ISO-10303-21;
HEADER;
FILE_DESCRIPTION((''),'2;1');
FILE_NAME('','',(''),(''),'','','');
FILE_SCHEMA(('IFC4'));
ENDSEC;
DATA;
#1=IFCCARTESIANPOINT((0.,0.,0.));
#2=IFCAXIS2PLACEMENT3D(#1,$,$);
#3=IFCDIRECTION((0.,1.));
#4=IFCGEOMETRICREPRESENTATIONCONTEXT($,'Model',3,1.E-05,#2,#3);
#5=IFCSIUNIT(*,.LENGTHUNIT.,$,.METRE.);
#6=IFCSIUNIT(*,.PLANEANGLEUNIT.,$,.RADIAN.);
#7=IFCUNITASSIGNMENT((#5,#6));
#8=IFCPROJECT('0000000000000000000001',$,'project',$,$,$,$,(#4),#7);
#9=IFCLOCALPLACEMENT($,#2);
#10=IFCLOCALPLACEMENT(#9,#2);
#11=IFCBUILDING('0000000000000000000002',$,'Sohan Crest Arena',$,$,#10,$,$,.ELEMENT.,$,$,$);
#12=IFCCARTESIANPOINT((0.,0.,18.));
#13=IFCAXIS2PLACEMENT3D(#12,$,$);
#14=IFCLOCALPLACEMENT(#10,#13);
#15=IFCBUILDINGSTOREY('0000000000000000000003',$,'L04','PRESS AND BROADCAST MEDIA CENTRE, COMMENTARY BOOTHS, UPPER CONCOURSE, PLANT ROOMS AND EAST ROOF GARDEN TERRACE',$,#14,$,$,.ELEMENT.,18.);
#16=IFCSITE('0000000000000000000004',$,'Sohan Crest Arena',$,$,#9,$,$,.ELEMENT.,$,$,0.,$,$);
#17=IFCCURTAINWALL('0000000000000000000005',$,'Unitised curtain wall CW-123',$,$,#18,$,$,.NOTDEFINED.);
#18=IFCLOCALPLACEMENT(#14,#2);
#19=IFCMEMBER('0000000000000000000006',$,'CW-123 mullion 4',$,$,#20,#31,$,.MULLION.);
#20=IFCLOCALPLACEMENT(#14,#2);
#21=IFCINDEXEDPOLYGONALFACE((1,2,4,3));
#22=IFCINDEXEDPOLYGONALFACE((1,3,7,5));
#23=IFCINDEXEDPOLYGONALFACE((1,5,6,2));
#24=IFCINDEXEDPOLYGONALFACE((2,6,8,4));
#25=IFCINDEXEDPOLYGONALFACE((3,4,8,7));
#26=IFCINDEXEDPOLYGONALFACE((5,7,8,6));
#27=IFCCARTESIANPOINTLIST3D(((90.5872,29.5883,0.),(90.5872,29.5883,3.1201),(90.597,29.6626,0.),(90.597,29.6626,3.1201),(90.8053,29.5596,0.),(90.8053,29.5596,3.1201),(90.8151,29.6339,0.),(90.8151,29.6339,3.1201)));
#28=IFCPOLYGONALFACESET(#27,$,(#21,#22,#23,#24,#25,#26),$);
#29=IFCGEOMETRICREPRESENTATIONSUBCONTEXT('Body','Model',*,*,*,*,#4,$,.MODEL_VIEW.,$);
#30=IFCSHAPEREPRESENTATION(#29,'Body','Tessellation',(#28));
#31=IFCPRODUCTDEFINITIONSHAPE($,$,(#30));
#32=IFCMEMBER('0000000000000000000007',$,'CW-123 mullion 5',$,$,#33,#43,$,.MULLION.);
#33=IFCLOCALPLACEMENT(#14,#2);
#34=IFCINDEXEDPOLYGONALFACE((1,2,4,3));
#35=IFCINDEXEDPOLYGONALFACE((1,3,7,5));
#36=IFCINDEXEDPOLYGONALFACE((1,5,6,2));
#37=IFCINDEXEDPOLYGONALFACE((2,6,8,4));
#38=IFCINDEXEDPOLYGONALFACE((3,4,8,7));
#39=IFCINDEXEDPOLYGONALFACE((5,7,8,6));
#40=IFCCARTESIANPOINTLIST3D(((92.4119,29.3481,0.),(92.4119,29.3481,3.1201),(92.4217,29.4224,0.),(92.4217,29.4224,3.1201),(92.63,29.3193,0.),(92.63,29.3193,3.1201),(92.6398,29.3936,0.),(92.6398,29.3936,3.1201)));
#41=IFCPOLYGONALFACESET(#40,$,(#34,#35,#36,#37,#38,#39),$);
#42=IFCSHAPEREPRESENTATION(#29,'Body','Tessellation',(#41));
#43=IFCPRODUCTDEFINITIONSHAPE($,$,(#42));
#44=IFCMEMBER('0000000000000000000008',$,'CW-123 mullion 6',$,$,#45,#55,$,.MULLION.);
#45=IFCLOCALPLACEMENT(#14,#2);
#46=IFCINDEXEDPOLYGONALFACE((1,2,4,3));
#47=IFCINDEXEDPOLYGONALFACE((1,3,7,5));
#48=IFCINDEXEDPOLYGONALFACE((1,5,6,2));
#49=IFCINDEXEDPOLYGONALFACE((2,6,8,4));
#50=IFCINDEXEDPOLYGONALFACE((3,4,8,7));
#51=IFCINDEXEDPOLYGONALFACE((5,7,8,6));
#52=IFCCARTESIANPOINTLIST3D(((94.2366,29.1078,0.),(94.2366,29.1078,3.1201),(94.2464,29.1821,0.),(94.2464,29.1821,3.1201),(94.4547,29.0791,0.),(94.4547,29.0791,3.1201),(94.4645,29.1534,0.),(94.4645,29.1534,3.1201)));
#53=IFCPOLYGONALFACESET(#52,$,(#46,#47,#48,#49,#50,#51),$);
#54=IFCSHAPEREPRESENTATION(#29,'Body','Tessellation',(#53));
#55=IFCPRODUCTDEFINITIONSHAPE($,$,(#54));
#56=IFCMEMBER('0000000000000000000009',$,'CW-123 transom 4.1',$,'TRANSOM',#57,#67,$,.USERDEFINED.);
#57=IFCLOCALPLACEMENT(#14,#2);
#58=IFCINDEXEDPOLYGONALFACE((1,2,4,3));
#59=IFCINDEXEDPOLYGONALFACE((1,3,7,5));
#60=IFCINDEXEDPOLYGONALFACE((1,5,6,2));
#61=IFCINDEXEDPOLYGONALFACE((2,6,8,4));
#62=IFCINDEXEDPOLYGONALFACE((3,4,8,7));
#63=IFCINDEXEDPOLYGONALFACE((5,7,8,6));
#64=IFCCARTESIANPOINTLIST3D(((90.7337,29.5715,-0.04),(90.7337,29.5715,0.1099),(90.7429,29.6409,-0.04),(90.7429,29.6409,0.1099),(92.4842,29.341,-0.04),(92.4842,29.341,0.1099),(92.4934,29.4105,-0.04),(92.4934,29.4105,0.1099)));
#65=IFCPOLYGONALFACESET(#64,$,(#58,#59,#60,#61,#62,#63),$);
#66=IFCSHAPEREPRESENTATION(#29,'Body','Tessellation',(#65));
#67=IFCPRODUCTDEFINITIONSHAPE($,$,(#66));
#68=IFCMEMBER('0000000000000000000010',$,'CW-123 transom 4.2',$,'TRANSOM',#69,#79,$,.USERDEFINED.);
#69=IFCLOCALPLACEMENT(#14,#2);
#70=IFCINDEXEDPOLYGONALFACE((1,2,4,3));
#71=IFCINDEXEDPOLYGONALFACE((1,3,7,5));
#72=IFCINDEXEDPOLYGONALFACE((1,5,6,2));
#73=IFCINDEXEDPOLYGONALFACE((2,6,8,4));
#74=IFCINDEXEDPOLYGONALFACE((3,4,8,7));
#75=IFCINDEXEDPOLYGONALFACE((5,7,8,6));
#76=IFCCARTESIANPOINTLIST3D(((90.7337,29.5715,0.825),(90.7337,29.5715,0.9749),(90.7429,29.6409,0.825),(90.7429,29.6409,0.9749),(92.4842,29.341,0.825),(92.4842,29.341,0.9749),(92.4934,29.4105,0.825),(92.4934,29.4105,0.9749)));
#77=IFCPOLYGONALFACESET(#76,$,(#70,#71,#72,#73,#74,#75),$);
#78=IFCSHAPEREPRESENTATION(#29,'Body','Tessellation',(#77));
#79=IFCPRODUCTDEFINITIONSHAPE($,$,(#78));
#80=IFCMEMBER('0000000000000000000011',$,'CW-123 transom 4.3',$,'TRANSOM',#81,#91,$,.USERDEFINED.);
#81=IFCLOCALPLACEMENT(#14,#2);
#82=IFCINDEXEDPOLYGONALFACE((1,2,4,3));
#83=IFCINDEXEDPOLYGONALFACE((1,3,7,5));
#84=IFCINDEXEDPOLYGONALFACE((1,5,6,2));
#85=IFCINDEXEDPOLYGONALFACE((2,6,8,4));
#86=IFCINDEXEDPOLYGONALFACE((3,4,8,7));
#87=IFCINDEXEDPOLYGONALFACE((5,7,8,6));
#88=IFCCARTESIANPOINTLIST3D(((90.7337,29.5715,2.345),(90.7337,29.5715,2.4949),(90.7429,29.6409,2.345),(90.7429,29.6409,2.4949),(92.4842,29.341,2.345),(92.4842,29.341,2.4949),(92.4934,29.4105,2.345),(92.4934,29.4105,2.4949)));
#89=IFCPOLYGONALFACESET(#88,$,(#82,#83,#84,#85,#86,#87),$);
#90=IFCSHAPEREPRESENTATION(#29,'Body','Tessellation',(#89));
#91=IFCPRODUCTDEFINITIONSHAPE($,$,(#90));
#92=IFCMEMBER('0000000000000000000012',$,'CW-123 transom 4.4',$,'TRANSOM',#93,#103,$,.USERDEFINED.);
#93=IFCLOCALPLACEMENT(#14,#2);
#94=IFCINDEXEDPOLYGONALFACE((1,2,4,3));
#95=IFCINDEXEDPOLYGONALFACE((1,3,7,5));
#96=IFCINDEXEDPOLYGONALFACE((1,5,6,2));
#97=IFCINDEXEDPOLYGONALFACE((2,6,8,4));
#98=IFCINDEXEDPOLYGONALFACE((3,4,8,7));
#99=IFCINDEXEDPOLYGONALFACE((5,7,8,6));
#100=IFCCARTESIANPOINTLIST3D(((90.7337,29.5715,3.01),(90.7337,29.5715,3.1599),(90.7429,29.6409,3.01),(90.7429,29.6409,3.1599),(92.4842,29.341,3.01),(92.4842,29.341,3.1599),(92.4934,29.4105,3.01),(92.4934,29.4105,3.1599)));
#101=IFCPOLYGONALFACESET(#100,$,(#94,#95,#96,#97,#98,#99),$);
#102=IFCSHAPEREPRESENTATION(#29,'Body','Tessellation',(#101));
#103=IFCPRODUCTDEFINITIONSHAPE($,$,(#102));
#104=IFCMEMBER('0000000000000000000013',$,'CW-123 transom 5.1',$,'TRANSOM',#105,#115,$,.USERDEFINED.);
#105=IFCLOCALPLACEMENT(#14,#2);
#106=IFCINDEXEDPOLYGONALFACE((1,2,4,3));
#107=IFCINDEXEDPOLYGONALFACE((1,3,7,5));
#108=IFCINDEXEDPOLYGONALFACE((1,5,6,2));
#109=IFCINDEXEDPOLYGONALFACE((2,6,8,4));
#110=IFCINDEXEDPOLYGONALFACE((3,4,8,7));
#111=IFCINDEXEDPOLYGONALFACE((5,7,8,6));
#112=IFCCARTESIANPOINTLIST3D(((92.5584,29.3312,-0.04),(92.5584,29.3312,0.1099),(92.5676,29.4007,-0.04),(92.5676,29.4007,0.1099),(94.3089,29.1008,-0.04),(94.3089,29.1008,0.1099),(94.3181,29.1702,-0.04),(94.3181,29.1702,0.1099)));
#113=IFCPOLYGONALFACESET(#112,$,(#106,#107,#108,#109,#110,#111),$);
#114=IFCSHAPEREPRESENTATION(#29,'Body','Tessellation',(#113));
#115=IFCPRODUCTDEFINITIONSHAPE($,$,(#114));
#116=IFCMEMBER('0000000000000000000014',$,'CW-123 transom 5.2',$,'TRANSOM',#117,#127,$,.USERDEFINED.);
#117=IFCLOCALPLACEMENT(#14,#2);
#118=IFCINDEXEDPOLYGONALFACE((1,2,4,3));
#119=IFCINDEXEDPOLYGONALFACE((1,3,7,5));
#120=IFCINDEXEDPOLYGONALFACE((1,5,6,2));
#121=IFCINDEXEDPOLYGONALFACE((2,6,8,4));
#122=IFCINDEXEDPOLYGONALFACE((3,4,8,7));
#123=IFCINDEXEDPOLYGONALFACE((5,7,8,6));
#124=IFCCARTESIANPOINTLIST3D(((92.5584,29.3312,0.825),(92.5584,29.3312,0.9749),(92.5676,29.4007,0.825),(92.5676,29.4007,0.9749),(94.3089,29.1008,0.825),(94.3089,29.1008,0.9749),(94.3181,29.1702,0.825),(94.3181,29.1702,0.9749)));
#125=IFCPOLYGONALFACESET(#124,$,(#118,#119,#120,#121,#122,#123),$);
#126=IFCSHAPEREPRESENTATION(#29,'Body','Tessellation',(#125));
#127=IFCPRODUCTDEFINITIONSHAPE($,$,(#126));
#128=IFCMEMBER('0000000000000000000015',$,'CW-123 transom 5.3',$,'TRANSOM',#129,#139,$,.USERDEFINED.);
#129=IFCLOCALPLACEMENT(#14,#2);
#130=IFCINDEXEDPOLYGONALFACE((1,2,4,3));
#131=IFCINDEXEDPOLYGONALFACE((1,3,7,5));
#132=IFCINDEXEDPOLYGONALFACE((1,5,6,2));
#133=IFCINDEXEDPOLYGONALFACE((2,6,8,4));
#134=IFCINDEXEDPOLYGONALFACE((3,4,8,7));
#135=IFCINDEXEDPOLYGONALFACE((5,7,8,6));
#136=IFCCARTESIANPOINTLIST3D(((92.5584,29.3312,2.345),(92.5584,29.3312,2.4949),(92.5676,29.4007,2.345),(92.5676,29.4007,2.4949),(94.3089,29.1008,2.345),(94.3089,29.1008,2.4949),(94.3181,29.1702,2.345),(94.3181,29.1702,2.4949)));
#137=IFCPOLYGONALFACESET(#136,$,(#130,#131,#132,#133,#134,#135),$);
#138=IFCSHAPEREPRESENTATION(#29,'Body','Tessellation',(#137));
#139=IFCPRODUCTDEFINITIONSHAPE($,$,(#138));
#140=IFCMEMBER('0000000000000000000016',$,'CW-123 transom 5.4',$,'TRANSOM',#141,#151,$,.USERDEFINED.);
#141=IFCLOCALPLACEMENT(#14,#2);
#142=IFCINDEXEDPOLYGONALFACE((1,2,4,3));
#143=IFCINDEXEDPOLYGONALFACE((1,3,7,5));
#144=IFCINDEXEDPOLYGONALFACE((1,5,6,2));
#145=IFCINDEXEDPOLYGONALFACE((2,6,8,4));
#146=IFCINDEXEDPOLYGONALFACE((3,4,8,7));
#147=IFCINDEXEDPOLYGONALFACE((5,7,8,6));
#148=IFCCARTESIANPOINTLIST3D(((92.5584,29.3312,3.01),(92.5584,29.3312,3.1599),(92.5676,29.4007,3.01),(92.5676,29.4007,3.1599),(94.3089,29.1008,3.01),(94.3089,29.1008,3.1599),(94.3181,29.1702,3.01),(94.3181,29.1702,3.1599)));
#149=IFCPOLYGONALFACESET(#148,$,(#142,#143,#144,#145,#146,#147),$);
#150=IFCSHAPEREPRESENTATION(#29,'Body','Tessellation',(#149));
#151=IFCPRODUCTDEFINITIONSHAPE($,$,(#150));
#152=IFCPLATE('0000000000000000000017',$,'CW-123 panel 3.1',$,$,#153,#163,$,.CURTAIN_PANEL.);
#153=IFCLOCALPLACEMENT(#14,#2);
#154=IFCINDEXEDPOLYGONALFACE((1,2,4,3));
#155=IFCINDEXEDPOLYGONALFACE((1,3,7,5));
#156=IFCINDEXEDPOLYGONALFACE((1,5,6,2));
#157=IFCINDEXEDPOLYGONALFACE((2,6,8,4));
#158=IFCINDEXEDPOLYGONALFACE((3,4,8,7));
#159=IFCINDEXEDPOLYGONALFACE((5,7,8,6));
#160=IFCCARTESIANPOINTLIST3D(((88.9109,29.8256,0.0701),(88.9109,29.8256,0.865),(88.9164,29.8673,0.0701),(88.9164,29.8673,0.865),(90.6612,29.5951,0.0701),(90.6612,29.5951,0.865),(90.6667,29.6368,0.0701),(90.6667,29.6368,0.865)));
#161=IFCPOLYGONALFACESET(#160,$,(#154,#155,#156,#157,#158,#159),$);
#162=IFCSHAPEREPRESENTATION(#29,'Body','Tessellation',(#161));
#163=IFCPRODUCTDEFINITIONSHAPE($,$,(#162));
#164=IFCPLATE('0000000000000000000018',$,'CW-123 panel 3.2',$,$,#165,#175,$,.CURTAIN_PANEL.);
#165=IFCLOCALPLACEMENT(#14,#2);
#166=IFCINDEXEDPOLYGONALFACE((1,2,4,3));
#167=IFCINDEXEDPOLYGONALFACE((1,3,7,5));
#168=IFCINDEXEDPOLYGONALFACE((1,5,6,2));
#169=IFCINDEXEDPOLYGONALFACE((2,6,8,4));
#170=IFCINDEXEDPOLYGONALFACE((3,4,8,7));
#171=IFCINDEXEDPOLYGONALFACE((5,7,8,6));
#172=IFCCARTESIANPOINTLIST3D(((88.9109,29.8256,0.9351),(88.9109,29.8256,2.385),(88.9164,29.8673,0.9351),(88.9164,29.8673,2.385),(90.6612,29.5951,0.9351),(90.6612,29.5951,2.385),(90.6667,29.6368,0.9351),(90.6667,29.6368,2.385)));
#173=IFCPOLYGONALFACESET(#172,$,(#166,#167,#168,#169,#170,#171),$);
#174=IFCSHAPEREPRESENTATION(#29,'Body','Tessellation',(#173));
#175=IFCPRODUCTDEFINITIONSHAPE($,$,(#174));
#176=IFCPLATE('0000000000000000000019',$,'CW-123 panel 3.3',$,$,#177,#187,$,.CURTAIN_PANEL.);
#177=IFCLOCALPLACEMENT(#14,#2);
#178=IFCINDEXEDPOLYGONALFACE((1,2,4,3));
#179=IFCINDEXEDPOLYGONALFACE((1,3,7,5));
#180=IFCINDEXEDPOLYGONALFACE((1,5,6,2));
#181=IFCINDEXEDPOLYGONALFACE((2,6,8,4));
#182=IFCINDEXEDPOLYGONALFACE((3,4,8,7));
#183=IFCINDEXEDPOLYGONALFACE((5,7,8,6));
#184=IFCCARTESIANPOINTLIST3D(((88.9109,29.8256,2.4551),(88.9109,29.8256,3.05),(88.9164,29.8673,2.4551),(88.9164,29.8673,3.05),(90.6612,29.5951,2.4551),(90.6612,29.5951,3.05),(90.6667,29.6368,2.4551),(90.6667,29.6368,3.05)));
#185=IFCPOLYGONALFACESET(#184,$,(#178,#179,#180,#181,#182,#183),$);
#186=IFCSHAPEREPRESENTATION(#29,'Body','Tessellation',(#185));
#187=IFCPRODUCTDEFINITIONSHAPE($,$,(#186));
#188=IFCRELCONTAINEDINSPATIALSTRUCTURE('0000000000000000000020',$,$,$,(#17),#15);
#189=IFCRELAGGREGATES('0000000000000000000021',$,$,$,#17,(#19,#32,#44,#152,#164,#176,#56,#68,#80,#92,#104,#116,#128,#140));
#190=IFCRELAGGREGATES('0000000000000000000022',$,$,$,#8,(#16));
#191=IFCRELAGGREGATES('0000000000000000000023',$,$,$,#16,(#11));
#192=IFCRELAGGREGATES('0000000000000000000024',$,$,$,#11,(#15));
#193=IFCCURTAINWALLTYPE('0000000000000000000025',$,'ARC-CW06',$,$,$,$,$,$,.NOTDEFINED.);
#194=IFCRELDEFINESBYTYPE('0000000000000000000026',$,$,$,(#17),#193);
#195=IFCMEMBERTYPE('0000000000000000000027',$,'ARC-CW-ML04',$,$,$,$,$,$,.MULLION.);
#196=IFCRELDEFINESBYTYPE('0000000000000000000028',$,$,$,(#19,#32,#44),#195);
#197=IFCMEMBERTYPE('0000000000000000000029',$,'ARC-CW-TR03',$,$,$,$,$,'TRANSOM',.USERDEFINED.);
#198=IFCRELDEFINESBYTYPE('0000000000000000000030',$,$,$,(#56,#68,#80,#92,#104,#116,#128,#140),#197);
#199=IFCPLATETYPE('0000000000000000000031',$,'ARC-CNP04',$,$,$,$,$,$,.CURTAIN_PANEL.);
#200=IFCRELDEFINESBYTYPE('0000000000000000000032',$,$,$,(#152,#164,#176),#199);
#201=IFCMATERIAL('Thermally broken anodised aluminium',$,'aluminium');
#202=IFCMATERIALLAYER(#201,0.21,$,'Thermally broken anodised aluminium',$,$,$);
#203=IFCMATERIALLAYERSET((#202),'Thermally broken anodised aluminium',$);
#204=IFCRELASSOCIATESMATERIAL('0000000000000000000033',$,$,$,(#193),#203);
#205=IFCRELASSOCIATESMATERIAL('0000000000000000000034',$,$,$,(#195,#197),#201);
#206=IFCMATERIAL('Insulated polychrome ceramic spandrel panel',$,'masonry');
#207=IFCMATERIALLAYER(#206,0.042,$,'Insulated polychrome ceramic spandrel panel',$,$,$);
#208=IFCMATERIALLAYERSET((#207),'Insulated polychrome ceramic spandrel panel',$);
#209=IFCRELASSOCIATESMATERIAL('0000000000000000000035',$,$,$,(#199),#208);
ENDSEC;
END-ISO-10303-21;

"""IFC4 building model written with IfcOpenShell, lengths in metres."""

from ifc_helpers import new_model, si_unit, direction, frame, origin, origin_2d, place, context, subcontext, project, spatial, rectangle, extrude, material, layer, layer_set, material_profile, profile_set, type_object, element, aggregate, save


model = new_model("IFC4")

# Units and contexts
model_context = context("Model", 3, precision=1e-05, world=origin(), true_north=direction((0.0, 1.0)))
body_context = subcontext(model_context, "Body", "Model", "MODEL_VIEW")
ifc_project = project(units=[si_unit("LENGTHUNIT", "METRE"), si_unit("PLANEANGLEUNIT", "RADIAN")], contexts=[model_context])

# Site, building, storey
site_placement = place(None, origin())
site = spatial("IfcSite", under=ifc_project, at=site_placement, Name="Sohan Crest Arena", CompositionType="ELEMENT", RefElevation=0.0)
building_placement = place(site_placement, origin())
building = spatial("IfcBuilding", under=site, at=building_placement, Name="Sohan Crest Arena", CompositionType="ELEMENT")
storey_placement = place(building_placement, frame((0.0, 0.0, 18.0)))
storey = spatial("IfcBuildingStorey", under=building, at=storey_placement, Name="L04", Description="PRESS AND BROADCAST MEDIA CENTRE, COMMENTARY BOOTHS, UPPER CONCOURSE, PLANT ROOMS AND EAST ROOF GARDEN TERRACE", CompositionType="ELEMENT", Elevation=18.0)

# Curtain wall, members, plates
ifc_material_1 = material(Name="Thermally broken anodised aluminium", Category="aluminium")
ifc_layer_1 = layer(ifc_material_1, 0.21, Name="Thermally broken anodised aluminium")
ifc_layer_set_1 = layer_set([ifc_layer_1], Name="Thermally broken anodised aluminium")
curtain_wall_type = type_object("IfcCurtainWallType", Name="ARC-CW06", PredefinedType="NOTDEFINED", material=ifc_layer_set_1)
curtain_wall_placement = place(storey_placement, origin())
curtain_wall = element("IfcCurtainWall", 1, at=curtain_wall_placement, inside=storey, type_object=curtain_wall_type, Name="Unitised curtain wall CW-123", PredefinedType="NOTDEFINED")
ifc_material_profile_1 = material_profile(ifc_material_1, rectangle(XDim=0.075, YDim=0.22, at=origin_2d()), Name="ALU-MULL 75x220")
ifc_profile_set_1 = profile_set([ifc_material_profile_1], Name="Thermally broken anodised aluminium")
member_type_1 = type_object("IfcMemberType", Name="ARC-CW-ML04", PredefinedType="MULLION", material=ifc_profile_set_1)
member_1_placement = place(storey_placement, frame((90.7012, 29.6111, 0.0), z_axis=(0.0, 0.0, 1.0), x_axis=(0.130557, 0.991441, 0.0)))
member_1 = element("IfcMember", 2, at=member_1_placement, type_object=member_type_1, Name="CW-123 mullion 4", PredefinedType="MULLION", context=body_context, shape_type="SweptSolid", body=[
    extrude(rectangle(XDim=0.075, YDim=0.22, at=origin_2d()), origin(), (0.0, 0.0, 1.0), 3.1201),
])
member_2_placement = place(storey_placement, frame((92.5259, 29.3708, 0.0), z_axis=(0.0, 0.0, 1.0), x_axis=(0.130557, 0.991441, 0.0)))
member_2 = element("IfcMember", 3, at=member_2_placement, type_object=member_type_1, Name="CW-123 mullion 5", PredefinedType="MULLION", context=body_context, shape_type="SweptSolid", body=[
    extrude(rectangle(XDim=0.075, YDim=0.22, at=origin_2d()), origin(), (0.0, 0.0, 1.0), 3.1201),
])
member_3_placement = place(storey_placement, frame((94.3506, 29.1306, 0.0), z_axis=(0.0, 0.0, 1.0), x_axis=(0.130557, 0.991441, 0.0)))
member_3 = element("IfcMember", 4, at=member_3_placement, type_object=member_type_1, Name="CW-123 mullion 6", PredefinedType="MULLION", context=body_context, shape_type="SweptSolid", body=[
    extrude(rectangle(XDim=0.075, YDim=0.22, at=origin_2d()), origin(), (0.0, 0.0, 1.0), 3.1201),
])
ifc_material_profile_2 = material_profile(ifc_material_1, rectangle(XDim=0.0701, YDim=0.1499, at=origin_2d()), Name="ALU-TRAN 70x150")
ifc_profile_set_2 = profile_set([ifc_material_profile_2], Name="Thermally broken anodised aluminium")
member_type_2 = type_object("IfcMemberType", Name="ARC-CW-TR03", ElementType="TRANSOM", PredefinedType="USERDEFINED", material=ifc_profile_set_2)
member_4_placement = place(storey_placement, frame((90.7383, 29.6062, 0.0349), z_axis=(0.991444, -0.130533, 0.0), x_axis=(0.130533, 0.991444, 0.0)))
member_4 = element("IfcMember", 5, at=member_4_placement, type_object=member_type_2, Name="CW-123 transom 4.1", ObjectType="TRANSOM", PredefinedType="USERDEFINED", context=body_context, shape_type="SweptSolid", body=[
    extrude(rectangle(XDim=0.0701, YDim=0.1499, at=origin_2d()), origin(), (0.0, 0.0, 1.0), 1.7656),
])
member_5_placement = place(storey_placement, frame((90.7383, 29.6062, 0.8999), z_axis=(0.991444, -0.130533, 0.0), x_axis=(0.130533, 0.991444, 0.0)))
member_5 = element("IfcMember", 6, at=member_5_placement, type_object=member_type_2, Name="CW-123 transom 4.2", ObjectType="TRANSOM", PredefinedType="USERDEFINED", context=body_context, shape_type="SweptSolid", body=[
    extrude(rectangle(XDim=0.0701, YDim=0.1499, at=origin_2d()), origin(), (0.0, 0.0, 1.0), 1.7656),
])
member_6_placement = place(storey_placement, frame((90.7383, 29.6062, 2.4199), z_axis=(0.991444, -0.130533, 0.0), x_axis=(0.130533, 0.991444, 0.0)))
member_6 = element("IfcMember", 7, at=member_6_placement, type_object=member_type_2, Name="CW-123 transom 4.3", ObjectType="TRANSOM", PredefinedType="USERDEFINED", context=body_context, shape_type="SweptSolid", body=[
    extrude(rectangle(XDim=0.0701, YDim=0.1499, at=origin_2d()), origin(), (0.0, 0.0, 1.0), 1.7656),
])
member_7_placement = place(storey_placement, frame((90.7383, 29.6062, 3.085), z_axis=(0.991444, -0.130533, 0.0), x_axis=(0.130533, 0.991444, 0.0)))
member_7 = element("IfcMember", 8, at=member_7_placement, type_object=member_type_2, Name="CW-123 transom 4.4", ObjectType="TRANSOM", PredefinedType="USERDEFINED", context=body_context, shape_type="SweptSolid", body=[
    extrude(rectangle(XDim=0.0701, YDim=0.1499, at=origin_2d()), origin(), (0.0, 0.0, 1.0), 1.7656),
])
member_8_placement = place(storey_placement, frame((92.563, 29.366, 0.0349), z_axis=(0.991444, -0.130533, 0.0), x_axis=(0.130533, 0.991444, 0.0)))
member_8 = element("IfcMember", 9, at=member_8_placement, type_object=member_type_2, Name="CW-123 transom 5.1", ObjectType="TRANSOM", PredefinedType="USERDEFINED", context=body_context, shape_type="SweptSolid", body=[
    extrude(rectangle(XDim=0.0701, YDim=0.1499, at=origin_2d()), origin(), (0.0, 0.0, 1.0), 1.7656),
])
member_9_placement = place(storey_placement, frame((92.563, 29.366, 0.8999), z_axis=(0.991444, -0.130533, 0.0), x_axis=(0.130533, 0.991444, 0.0)))
member_9 = element("IfcMember", 10, at=member_9_placement, type_object=member_type_2, Name="CW-123 transom 5.2", ObjectType="TRANSOM", PredefinedType="USERDEFINED", context=body_context, shape_type="SweptSolid", body=[
    extrude(rectangle(XDim=0.0701, YDim=0.1499, at=origin_2d()), origin(), (0.0, 0.0, 1.0), 1.7656),
])
member_10_placement = place(storey_placement, frame((92.563, 29.366, 2.4199), z_axis=(0.991444, -0.130533, 0.0), x_axis=(0.130533, 0.991444, 0.0)))
member_10 = element("IfcMember", 11, at=member_10_placement, type_object=member_type_2, Name="CW-123 transom 5.3", ObjectType="TRANSOM", PredefinedType="USERDEFINED", context=body_context, shape_type="SweptSolid", body=[
    extrude(rectangle(XDim=0.0701, YDim=0.1499, at=origin_2d()), origin(), (0.0, 0.0, 1.0), 1.7656),
])
member_11_placement = place(storey_placement, frame((92.563, 29.366, 3.085), z_axis=(0.991444, -0.130533, 0.0), x_axis=(0.130533, 0.991444, 0.0)))
member_11 = element("IfcMember", 12, at=member_11_placement, type_object=member_type_2, Name="CW-123 transom 5.4", ObjectType="TRANSOM", PredefinedType="USERDEFINED", context=body_context, shape_type="SweptSolid", body=[
    extrude(rectangle(XDim=0.0701, YDim=0.1499, at=origin_2d()), origin(), (0.0, 0.0, 1.0), 1.7656),
])
ifc_material_2 = material(Name="Insulated polychrome ceramic spandrel panel", Category="masonry")
ifc_layer_2 = layer(ifc_material_2, 0.042, Name="Insulated polychrome ceramic spandrel panel")
ifc_layer_set_2 = layer_set([ifc_layer_2], Name="Insulated polychrome ceramic spandrel panel")
plate_type = type_object("IfcPlateType", Name="ARC-CNP04", PredefinedType="CURTAIN_PANEL", material=ifc_layer_set_2)
plate_1_placement = place(storey_placement, frame((89.7888, 29.7312, 0.0701), z_axis=(0.0, 0.0, 1.0), x_axis=(0.991441, -0.130557, 0.0)))
plate_1 = element("IfcPlate", 13, at=plate_1_placement, type_object=plate_type, Name="CW-123 panel 3.1", PredefinedType="CURTAIN_PANEL", context=body_context, shape_type="SweptSolid", body=[
    extrude(rectangle(XDim=1.7654, YDim=0.042, at=origin_2d()), origin(), (0.0, 0.0, 1.0), 0.7949),
])
plate_2_placement = place(storey_placement, frame((89.7888, 29.7312, 0.9351), z_axis=(0.0, 0.0, 1.0), x_axis=(0.991441, -0.130557, 0.0)))
plate_2 = element("IfcPlate", 14, at=plate_2_placement, type_object=plate_type, Name="CW-123 panel 3.2", PredefinedType="CURTAIN_PANEL", context=body_context, shape_type="SweptSolid", body=[
    extrude(rectangle(XDim=1.7654, YDim=0.042, at=origin_2d()), origin(), (0.0, 0.0, 1.0), 1.45),
])
plate_3_placement = place(storey_placement, frame((89.7888, 29.7312, 2.4551), z_axis=(0.0, 0.0, 1.0), x_axis=(0.991441, -0.130557, 0.0)))
plate_3 = element("IfcPlate", 15, at=plate_3_placement, type_object=plate_type, Name="CW-123 panel 3.3", PredefinedType="CURTAIN_PANEL", context=body_context, shape_type="SweptSolid", body=[
    extrude(rectangle(XDim=1.7654, YDim=0.042, at=origin_2d()), origin(), (0.0, 0.0, 1.0), 0.595),
])
aggregate(curtain_wall, [member_1, member_2, member_3, plate_1, plate_2, plate_3, member_4, member_5, member_6, member_7, member_8, member_9, member_10, member_11])

save(model, "model.ifc")
